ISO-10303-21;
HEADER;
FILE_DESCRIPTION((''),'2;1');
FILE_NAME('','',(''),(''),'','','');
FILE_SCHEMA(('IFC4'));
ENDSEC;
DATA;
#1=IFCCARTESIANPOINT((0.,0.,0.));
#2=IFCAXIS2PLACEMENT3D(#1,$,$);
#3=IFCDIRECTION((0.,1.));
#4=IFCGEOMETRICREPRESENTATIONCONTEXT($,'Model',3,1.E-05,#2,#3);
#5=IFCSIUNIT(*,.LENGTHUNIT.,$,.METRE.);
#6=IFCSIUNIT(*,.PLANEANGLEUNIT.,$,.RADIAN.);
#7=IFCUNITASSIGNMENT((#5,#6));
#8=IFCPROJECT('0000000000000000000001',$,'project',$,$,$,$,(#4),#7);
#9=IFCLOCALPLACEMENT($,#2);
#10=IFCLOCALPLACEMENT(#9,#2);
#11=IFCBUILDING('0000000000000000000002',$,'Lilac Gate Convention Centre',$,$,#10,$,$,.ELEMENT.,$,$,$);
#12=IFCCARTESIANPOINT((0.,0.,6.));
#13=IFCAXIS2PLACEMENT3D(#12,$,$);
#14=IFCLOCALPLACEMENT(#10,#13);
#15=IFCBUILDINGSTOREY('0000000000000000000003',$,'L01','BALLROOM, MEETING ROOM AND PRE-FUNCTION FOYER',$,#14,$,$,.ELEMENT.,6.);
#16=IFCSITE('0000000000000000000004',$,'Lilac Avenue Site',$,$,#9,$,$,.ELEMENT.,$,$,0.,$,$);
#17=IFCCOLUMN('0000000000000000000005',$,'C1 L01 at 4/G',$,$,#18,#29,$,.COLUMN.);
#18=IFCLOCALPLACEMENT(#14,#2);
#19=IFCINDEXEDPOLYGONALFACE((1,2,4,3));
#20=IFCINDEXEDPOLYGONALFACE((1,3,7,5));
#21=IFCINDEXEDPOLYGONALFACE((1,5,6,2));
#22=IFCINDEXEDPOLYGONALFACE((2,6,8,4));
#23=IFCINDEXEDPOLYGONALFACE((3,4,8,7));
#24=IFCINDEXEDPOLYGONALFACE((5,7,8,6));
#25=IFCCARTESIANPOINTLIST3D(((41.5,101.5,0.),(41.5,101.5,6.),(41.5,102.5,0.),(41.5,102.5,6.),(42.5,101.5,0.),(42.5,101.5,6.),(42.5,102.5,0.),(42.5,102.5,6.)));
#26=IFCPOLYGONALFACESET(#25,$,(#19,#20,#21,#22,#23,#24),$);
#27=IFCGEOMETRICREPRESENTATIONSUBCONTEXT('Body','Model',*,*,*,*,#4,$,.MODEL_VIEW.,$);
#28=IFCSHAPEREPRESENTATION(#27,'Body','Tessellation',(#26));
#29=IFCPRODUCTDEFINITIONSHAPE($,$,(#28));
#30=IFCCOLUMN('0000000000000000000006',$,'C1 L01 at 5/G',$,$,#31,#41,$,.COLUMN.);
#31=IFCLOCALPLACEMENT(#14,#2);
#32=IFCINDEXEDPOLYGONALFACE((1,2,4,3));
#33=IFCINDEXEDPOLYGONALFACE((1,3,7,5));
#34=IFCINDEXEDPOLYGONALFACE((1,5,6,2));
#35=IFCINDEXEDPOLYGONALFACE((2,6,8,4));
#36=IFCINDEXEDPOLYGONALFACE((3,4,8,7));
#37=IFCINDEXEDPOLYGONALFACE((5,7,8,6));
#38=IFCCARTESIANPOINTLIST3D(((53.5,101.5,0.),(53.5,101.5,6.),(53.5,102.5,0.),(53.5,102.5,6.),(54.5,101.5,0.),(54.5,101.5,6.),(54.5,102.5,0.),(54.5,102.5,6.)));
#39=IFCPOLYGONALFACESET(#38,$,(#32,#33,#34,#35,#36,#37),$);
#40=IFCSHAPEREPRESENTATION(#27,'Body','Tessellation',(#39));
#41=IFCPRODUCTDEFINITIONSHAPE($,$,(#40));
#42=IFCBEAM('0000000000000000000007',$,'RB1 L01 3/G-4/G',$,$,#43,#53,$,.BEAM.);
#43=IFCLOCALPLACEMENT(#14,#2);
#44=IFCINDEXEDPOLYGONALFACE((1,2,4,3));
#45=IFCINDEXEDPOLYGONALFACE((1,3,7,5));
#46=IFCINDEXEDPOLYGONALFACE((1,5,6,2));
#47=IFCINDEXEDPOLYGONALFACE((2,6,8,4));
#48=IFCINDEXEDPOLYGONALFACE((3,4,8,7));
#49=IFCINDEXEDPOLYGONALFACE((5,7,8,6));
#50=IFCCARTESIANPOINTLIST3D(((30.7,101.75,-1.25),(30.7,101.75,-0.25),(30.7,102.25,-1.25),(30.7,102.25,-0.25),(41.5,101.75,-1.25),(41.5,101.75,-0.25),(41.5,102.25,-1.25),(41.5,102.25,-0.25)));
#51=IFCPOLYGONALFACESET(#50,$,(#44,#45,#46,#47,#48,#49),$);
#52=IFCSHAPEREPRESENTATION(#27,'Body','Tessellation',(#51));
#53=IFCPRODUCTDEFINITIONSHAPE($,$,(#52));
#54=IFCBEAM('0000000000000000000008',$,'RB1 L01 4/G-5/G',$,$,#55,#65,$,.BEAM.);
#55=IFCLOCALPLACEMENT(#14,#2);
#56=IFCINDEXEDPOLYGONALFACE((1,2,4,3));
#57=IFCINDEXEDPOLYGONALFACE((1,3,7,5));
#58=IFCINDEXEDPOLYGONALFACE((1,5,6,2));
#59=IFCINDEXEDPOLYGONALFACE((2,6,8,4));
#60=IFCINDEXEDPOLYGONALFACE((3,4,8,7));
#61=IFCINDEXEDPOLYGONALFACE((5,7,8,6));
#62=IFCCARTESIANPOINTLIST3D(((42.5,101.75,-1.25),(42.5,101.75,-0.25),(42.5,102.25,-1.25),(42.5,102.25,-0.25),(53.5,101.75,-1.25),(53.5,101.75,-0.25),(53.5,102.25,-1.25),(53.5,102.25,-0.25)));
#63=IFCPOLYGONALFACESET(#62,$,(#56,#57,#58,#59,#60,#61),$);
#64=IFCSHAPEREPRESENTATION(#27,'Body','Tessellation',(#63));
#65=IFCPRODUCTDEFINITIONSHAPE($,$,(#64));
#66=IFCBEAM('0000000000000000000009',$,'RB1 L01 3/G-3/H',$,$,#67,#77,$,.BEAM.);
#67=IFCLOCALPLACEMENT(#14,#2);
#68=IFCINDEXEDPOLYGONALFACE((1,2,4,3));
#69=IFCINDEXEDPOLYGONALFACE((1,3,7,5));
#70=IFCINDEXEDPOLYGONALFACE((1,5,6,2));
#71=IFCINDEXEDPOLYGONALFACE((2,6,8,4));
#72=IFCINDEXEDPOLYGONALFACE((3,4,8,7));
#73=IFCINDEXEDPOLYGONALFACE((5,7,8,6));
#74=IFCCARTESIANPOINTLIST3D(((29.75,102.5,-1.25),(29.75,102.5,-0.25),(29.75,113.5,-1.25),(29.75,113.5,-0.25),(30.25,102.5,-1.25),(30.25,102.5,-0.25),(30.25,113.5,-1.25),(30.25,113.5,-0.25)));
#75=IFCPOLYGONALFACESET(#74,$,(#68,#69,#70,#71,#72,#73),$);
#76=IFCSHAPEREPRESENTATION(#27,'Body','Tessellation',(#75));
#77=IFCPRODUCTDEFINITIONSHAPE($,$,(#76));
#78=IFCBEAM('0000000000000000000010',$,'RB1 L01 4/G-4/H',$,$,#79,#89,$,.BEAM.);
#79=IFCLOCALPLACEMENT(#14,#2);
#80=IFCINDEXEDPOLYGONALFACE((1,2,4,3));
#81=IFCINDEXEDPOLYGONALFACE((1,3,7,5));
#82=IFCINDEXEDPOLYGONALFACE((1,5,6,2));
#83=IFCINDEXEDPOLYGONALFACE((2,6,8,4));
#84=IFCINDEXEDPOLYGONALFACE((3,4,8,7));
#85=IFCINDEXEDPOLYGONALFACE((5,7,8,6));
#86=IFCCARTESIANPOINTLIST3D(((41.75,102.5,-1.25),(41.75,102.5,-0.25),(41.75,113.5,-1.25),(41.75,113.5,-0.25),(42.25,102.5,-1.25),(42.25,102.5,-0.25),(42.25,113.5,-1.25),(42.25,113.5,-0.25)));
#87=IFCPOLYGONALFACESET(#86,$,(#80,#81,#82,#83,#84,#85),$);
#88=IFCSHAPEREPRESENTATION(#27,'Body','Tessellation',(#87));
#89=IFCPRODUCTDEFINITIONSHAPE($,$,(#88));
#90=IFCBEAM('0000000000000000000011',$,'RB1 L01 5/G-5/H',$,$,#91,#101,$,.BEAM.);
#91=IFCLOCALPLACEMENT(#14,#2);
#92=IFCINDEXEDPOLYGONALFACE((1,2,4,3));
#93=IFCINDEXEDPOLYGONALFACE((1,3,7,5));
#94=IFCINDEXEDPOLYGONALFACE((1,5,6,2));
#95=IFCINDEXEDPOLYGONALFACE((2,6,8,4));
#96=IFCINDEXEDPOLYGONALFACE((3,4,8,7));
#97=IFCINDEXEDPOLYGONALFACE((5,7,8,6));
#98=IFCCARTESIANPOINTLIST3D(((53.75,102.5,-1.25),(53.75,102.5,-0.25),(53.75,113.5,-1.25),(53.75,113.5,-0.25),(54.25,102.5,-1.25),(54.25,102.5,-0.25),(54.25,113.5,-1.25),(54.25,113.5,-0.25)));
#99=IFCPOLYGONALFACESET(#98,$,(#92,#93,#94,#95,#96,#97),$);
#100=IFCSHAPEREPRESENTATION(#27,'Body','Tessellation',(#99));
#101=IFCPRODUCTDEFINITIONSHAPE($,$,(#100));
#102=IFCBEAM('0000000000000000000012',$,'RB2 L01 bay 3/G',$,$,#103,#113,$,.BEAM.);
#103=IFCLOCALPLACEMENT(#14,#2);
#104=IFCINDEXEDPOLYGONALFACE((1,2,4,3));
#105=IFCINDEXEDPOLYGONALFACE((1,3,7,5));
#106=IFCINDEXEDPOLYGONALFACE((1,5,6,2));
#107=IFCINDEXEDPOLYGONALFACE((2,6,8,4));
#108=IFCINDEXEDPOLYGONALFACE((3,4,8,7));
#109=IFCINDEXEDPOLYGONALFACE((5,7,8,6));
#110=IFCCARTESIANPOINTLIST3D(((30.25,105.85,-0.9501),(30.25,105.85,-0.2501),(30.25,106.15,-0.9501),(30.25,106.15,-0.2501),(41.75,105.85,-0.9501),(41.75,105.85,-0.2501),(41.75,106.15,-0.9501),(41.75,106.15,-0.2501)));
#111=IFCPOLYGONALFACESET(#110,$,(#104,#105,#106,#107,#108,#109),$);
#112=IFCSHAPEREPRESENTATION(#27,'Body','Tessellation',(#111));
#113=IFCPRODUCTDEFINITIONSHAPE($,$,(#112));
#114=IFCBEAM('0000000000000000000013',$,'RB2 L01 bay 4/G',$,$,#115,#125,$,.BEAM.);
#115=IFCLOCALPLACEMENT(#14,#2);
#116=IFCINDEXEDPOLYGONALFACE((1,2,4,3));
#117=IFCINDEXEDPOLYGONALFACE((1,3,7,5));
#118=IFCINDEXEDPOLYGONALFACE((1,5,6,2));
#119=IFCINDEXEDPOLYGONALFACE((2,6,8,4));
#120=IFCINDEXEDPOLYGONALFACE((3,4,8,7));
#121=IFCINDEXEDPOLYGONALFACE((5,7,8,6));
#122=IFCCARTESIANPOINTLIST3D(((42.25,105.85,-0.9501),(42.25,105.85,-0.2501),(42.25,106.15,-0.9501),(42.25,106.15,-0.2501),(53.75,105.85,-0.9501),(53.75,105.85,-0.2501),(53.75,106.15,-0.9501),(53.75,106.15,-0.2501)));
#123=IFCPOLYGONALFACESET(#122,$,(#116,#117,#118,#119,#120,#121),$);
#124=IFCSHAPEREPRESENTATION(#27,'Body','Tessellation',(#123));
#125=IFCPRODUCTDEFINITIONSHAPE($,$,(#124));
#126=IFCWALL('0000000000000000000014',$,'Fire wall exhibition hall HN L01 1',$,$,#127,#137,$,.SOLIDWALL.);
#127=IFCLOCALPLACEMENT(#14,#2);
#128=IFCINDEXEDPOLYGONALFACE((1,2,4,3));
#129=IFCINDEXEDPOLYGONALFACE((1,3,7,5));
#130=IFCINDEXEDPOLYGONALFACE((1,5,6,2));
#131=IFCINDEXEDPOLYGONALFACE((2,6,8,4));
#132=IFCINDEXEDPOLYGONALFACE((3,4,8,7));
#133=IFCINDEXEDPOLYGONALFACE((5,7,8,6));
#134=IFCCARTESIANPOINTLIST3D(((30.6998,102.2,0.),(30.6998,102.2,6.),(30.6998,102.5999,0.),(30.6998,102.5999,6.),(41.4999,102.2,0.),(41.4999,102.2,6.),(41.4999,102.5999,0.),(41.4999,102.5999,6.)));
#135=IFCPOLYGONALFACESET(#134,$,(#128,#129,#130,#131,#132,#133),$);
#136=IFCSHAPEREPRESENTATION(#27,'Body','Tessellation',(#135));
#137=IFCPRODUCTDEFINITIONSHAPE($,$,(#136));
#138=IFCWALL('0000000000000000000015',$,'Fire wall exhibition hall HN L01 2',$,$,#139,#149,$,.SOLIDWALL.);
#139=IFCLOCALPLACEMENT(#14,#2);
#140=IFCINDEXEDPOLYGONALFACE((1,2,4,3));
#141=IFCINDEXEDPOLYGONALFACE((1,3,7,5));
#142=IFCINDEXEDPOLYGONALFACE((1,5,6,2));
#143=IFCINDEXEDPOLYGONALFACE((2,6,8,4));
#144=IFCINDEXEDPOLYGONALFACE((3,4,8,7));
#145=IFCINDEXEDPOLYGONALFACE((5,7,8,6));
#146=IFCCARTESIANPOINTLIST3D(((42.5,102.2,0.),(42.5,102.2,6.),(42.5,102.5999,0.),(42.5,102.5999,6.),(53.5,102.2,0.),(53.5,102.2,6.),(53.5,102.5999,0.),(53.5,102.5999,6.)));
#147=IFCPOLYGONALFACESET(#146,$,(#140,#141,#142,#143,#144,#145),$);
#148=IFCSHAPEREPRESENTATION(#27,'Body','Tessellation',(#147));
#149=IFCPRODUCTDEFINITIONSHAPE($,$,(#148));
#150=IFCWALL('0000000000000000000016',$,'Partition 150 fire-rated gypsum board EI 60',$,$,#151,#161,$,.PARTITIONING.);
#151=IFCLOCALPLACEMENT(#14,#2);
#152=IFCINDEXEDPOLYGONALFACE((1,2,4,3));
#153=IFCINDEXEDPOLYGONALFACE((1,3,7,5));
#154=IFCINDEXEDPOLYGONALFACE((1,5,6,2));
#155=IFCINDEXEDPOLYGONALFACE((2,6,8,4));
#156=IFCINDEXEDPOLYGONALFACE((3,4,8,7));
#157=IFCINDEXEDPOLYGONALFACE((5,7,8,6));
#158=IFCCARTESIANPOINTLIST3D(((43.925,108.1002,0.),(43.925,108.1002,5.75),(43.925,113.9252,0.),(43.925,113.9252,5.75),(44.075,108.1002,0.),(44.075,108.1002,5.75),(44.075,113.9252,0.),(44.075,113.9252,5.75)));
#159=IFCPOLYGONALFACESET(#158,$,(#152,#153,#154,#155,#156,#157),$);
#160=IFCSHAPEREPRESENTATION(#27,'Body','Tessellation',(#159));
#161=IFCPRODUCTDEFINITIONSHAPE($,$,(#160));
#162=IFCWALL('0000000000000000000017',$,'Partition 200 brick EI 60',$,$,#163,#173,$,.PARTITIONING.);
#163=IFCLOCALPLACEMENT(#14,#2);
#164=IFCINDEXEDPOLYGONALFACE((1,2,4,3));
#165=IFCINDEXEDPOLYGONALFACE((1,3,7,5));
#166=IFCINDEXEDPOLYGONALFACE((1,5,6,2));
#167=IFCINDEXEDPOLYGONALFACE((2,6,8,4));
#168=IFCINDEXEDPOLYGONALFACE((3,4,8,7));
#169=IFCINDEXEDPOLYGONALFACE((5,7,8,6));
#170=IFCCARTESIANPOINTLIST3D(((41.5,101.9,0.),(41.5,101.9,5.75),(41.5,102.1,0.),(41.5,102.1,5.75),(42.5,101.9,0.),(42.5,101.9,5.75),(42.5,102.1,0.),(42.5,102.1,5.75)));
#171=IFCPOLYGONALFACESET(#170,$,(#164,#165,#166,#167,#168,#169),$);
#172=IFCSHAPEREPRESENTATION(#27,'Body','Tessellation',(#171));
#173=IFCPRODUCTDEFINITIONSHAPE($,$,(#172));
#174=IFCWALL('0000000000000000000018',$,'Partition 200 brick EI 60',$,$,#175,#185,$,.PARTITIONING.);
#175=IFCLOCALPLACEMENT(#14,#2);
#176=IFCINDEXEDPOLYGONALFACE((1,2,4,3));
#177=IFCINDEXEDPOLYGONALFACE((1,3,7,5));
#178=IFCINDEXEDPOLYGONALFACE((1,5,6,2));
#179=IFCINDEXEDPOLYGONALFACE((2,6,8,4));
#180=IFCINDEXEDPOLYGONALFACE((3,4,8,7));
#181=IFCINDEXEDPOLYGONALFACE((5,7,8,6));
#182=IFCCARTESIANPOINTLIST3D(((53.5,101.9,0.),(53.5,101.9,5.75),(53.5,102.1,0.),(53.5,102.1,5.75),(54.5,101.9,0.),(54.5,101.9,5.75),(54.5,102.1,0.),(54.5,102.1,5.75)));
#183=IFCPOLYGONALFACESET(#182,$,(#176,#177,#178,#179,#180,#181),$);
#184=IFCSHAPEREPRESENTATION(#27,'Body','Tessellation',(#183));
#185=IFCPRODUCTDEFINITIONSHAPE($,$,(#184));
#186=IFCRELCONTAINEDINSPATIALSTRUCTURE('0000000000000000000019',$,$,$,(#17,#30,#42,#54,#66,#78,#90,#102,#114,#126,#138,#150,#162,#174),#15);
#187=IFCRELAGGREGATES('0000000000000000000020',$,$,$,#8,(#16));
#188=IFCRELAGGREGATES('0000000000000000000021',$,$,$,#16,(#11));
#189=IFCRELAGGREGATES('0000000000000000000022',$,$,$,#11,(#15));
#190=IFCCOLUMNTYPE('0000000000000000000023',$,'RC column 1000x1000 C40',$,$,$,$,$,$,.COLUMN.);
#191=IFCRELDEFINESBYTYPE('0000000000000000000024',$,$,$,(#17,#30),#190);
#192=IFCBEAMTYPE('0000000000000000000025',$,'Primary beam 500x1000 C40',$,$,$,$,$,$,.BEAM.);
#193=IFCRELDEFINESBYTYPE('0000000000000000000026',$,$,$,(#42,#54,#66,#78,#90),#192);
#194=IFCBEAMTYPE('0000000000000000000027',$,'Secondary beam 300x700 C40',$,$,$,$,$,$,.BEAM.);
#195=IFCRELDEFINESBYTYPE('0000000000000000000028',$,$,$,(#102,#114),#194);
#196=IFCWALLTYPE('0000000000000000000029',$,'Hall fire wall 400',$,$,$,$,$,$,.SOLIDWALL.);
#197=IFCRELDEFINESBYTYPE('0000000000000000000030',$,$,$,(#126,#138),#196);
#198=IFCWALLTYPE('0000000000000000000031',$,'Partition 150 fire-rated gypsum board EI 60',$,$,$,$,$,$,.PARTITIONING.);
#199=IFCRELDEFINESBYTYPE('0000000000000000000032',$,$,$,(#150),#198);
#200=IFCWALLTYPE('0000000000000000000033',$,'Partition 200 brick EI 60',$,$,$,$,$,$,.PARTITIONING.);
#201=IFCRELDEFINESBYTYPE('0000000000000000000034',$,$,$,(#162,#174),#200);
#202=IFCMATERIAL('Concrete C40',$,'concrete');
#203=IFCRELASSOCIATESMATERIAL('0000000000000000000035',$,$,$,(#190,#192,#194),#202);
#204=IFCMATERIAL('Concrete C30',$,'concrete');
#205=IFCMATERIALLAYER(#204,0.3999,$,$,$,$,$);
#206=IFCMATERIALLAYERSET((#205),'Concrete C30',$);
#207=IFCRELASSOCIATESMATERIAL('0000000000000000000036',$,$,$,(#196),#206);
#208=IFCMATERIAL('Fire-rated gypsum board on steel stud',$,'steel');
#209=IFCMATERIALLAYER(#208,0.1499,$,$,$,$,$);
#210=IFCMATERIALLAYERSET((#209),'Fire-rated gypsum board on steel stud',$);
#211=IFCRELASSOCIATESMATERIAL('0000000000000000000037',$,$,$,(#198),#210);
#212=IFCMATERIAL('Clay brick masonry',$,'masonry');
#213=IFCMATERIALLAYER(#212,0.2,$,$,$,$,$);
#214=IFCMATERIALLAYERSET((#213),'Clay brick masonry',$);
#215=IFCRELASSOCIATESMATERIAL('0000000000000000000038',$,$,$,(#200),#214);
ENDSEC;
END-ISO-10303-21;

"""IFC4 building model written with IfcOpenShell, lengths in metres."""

from ifc_helpers import new_model, si_unit, direction, frame, frame_2d, origin, origin_2d, place, context, subcontext, project, spatial, rectangle, extrude, material, layer, layer_set, material_profile, profile_set, type_object, element, save


model = new_model("IFC4")

# Units and contexts
model_context = context("Model", 3, precision=1e-05, world=origin(), true_north=direction((0.0, 1.0)))
body_context = subcontext(model_context, "Body", "Model", "MODEL_VIEW")
ifc_project = project(units=[si_unit("LENGTHUNIT", "METRE"), si_unit("PLANEANGLEUNIT", "RADIAN")], contexts=[model_context])

# Site, building, storey
site_placement = place(None, origin())
site = spatial("IfcSite", under=ifc_project, at=site_placement, Name="Lilac Avenue Site", CompositionType="ELEMENT", RefElevation=0.0)
building_placement = place(site_placement, origin())
building = spatial("IfcBuilding", under=site, at=building_placement, Name="Lilac Gate Convention Centre", CompositionType="ELEMENT")
storey_placement = place(building_placement, frame((0.0, 0.0, 6.0)))
storey = spatial("IfcBuildingStorey", under=building, at=storey_placement, Name="L01", Description="BALLROOM, MEETING ROOM AND PRE-FUNCTION FOYER", CompositionType="ELEMENT", Elevation=6.0)

# Columns
ifc_material_1 = material(Name="Concrete C40", Category="concrete")
ifc_material_profile_1 = material_profile(ifc_material_1, rectangle(XDim=1.0, YDim=1.0, at=origin_2d()), Name="RC 1000x1000")
ifc_profile_set_1 = profile_set([ifc_material_profile_1], Name="Concrete C40")
column_type = type_object("IfcColumnType", Name="RC column 1000x1000 C40", PredefinedType="COLUMN", material=ifc_profile_set_1)
for number, where, z_axis, x_axis, name in (
    (1, (42.0, 102.0, 0.0), (0.0, 0.0, 1.0), (1.0, 0.0, 0.0), "C1 L01 at 4/G"),
    (2, (54.0, 102.0, 0.0), (0.0, 0.0, 1.0), (1.0, 0.0, 0.0), "C1 L01 at 5/G"),
):
    element("IfcColumn", number, at=place(storey_placement, frame(where, z_axis=z_axis, x_axis=x_axis)), inside=storey, type_object=column_type, Name=name, PredefinedType="COLUMN", context=body_context, shape_type="SweptSolid", body=[
        extrude(rectangle(XDim=1.0, YDim=1.0, at=origin_2d()), origin(), (0.0, 0.0, 1.0), 6.0),
    ])

# Beams
ifc_material_profile_2 = material_profile(ifc_material_1, rectangle(XDim=0.5, YDim=1.0, at=origin_2d()), Name="RC 500x1000")
ifc_profile_set_2 = profile_set([ifc_material_profile_2], Name="Concrete C40")
beam_type_1 = type_object("IfcBeamType", Name="Primary beam 500x1000 C40", PredefinedType="BEAM", material=ifc_profile_set_2)
beam_placement = place(storey_placement, frame((30.7, 102.0, -0.75), z_axis=(1.0, 0.0, 0.0), x_axis=(0.0, 1.0, 0.0)))
element("IfcBeam", 3, at=beam_placement, inside=storey, type_object=beam_type_1, Name="RB1 L01 3/G-4/G", PredefinedType="BEAM", context=body_context, shape_type="SweptSolid", body=[
    extrude(rectangle(XDim=0.5, YDim=1.0, at=origin_2d()), origin(), (0.0, 0.0, 1.0), 10.8),
])
for number, where, z_axis, x_axis, name in (
    (4, (42.5, 102.0, -0.75), (1.0, 0.0, 0.0), (0.0, 1.0, 0.0), "RB1 L01 4/G-5/G"),
    (5, (30.0, 102.5, -0.75), (0.0, 1.0, 0.0), (-1.0, 0.0, 0.0), "RB1 L01 3/G-3/H"),
    (6, (42.0, 102.5, -0.75), (0.0, 1.0, 0.0), (-1.0, 0.0, 0.0), "RB1 L01 4/G-4/H"),
    (7, (54.0, 102.5, -0.75), (0.0, 1.0, 0.0), (-1.0, 0.0, 0.0), "RB1 L01 5/G-5/H"),
):
    element("IfcBeam", number, at=place(storey_placement, frame(where, z_axis=z_axis, x_axis=x_axis)), inside=storey, type_object=beam_type_1, Name=name, PredefinedType="BEAM", context=body_context, shape_type="SweptSolid", body=[
        extrude(rectangle(XDim=0.5, YDim=1.0, at=origin_2d()), origin(), (0.0, 0.0, 1.0), 11.0),
    ])
ifc_material_profile_3 = material_profile(ifc_material_1, rectangle(XDim=0.3, YDim=0.7, at=origin_2d()), Name="RC 300x700")
ifc_profile_set_3 = profile_set([ifc_material_profile_3], Name="Concrete C40")
beam_type_2 = type_object("IfcBeamType", Name="Secondary beam 300x700 C40", PredefinedType="BEAM", material=ifc_profile_set_3)
for number, where, z_axis, x_axis, name in (
    (8, (30.25, 106.0, -0.6001), (1.0, 0.0, 0.0), (0.0, 1.0, 0.0), "RB2 L01 bay 3/G"),
    (9, (42.25, 106.0, -0.6001), (1.0, 0.0, 0.0), (0.0, 1.0, 0.0), "RB2 L01 bay 4/G"),
):
    element("IfcBeam", number, at=place(storey_placement, frame(where, z_axis=z_axis, x_axis=x_axis)), inside=storey, type_object=beam_type_2, Name=name, PredefinedType="BEAM", context=body_context, shape_type="SweptSolid", body=[
        extrude(rectangle(XDim=0.3, YDim=0.7, at=origin_2d()), origin(), (0.0, 0.0, 1.0), 11.5),
    ])

# Shared definitions
ifc_material_2 = material(Name="Concrete C30", Category="concrete")
ifc_layer_1 = layer(ifc_material_2, 0.3999)
ifc_layer_set_1 = layer_set([ifc_layer_1], Name="Concrete C30")
wall_type_1 = type_object("IfcWallType", Name="Hall fire wall 400", PredefinedType="SOLIDWALL", material=ifc_layer_set_1)

# Walls
wall_1_placement = place(storey_placement, frame((30.7, 102.3999, 0.0), z_axis=(0.0, 0.0, 1.0), x_axis=(1.0, 0.0, 0.0)))
element("IfcWall", 10, at=wall_1_placement, inside=storey, type_object=wall_type_1, Name="Fire wall exhibition hall HN L01 1", PredefinedType="SOLIDWALL", context=body_context, shape_type="SweptSolid", body=[
    extrude(rectangle(XDim=10.8, YDim=0.3999, at=frame_2d((5.3999, 0.0))), origin(), (0.0, 0.0, 1.0), 6.0),
])
wall_2_placement = place(storey_placement, frame((42.5, 102.3999, 0.0), z_axis=(0.0, 0.0, 1.0), x_axis=(1.0, 0.0, 0.0)))
element("IfcWall", 11, at=wall_2_placement, inside=storey, type_object=wall_type_1, Name="Fire wall exhibition hall HN L01 2", PredefinedType="SOLIDWALL", context=body_context, shape_type="SweptSolid", body=[
    extrude(rectangle(XDim=11.0, YDim=0.3999, at=frame_2d((5.5, 0.0))), origin(), (0.0, 0.0, 1.0), 6.0),
])
ifc_material_3 = material(Name="Fire-rated gypsum board on steel stud", Category="steel")
ifc_layer_2 = layer(ifc_material_3, 0.1499)
ifc_layer_set_2 = layer_set([ifc_layer_2], Name="Fire-rated gypsum board on steel stud")
wall_type_2 = type_object("IfcWallType", Name="Partition 150 fire-rated gypsum board EI 60", PredefinedType="PARTITIONING", material=ifc_layer_set_2)
wall_3_placement = place(storey_placement, frame((44.0, 108.1001, 0.0), z_axis=(0.0, 0.0, 1.0), x_axis=(0.0, 1.0, 0.0)))
element("IfcWall", 12, at=wall_3_placement, inside=storey, type_object=wall_type_2, Name="Partition 150 fire-rated gypsum board EI 60", PredefinedType="PARTITIONING", context=body_context, shape_type="SweptSolid", body=[
    extrude(rectangle(XDim=5.825, YDim=0.1499, at=frame_2d((2.9126, 0.0))), origin(), (0.0, 0.0, 1.0), 5.75),
])
ifc_material_4 = material(Name="Clay brick masonry", Category="masonry")
ifc_layer_3 = layer(ifc_material_4, 0.2)
ifc_layer_set_3 = layer_set([ifc_layer_3], Name="Clay brick masonry")
wall_type_3 = type_object("IfcWallType", Name="Partition 200 brick EI 60", PredefinedType="PARTITIONING", material=ifc_layer_set_3)
for number, where, z_axis, x_axis, name in (
    (13, (41.5, 102.0, 0.0), (0.0, 0.0, 1.0), (1.0, 0.0, 0.0), "Partition 200 brick EI 60"),
    (14, (53.5, 102.0, 0.0), (0.0, 0.0, 1.0), (1.0, 0.0, 0.0), "Partition 200 brick EI 60"),
):
    element("IfcWall", number, at=place(storey_placement, frame(where, z_axis=z_axis, x_axis=x_axis)), inside=storey, type_object=wall_type_3, Name=name, PredefinedType="PARTITIONING", context=body_context, shape_type="SweptSolid", body=[
        extrude(rectangle(XDim=1.0, YDim=0.2, at=frame_2d((0.5, 0.0))), origin(), (0.0, 0.0, 1.0), 5.75),
    ])

save(model, "model.ifc")
